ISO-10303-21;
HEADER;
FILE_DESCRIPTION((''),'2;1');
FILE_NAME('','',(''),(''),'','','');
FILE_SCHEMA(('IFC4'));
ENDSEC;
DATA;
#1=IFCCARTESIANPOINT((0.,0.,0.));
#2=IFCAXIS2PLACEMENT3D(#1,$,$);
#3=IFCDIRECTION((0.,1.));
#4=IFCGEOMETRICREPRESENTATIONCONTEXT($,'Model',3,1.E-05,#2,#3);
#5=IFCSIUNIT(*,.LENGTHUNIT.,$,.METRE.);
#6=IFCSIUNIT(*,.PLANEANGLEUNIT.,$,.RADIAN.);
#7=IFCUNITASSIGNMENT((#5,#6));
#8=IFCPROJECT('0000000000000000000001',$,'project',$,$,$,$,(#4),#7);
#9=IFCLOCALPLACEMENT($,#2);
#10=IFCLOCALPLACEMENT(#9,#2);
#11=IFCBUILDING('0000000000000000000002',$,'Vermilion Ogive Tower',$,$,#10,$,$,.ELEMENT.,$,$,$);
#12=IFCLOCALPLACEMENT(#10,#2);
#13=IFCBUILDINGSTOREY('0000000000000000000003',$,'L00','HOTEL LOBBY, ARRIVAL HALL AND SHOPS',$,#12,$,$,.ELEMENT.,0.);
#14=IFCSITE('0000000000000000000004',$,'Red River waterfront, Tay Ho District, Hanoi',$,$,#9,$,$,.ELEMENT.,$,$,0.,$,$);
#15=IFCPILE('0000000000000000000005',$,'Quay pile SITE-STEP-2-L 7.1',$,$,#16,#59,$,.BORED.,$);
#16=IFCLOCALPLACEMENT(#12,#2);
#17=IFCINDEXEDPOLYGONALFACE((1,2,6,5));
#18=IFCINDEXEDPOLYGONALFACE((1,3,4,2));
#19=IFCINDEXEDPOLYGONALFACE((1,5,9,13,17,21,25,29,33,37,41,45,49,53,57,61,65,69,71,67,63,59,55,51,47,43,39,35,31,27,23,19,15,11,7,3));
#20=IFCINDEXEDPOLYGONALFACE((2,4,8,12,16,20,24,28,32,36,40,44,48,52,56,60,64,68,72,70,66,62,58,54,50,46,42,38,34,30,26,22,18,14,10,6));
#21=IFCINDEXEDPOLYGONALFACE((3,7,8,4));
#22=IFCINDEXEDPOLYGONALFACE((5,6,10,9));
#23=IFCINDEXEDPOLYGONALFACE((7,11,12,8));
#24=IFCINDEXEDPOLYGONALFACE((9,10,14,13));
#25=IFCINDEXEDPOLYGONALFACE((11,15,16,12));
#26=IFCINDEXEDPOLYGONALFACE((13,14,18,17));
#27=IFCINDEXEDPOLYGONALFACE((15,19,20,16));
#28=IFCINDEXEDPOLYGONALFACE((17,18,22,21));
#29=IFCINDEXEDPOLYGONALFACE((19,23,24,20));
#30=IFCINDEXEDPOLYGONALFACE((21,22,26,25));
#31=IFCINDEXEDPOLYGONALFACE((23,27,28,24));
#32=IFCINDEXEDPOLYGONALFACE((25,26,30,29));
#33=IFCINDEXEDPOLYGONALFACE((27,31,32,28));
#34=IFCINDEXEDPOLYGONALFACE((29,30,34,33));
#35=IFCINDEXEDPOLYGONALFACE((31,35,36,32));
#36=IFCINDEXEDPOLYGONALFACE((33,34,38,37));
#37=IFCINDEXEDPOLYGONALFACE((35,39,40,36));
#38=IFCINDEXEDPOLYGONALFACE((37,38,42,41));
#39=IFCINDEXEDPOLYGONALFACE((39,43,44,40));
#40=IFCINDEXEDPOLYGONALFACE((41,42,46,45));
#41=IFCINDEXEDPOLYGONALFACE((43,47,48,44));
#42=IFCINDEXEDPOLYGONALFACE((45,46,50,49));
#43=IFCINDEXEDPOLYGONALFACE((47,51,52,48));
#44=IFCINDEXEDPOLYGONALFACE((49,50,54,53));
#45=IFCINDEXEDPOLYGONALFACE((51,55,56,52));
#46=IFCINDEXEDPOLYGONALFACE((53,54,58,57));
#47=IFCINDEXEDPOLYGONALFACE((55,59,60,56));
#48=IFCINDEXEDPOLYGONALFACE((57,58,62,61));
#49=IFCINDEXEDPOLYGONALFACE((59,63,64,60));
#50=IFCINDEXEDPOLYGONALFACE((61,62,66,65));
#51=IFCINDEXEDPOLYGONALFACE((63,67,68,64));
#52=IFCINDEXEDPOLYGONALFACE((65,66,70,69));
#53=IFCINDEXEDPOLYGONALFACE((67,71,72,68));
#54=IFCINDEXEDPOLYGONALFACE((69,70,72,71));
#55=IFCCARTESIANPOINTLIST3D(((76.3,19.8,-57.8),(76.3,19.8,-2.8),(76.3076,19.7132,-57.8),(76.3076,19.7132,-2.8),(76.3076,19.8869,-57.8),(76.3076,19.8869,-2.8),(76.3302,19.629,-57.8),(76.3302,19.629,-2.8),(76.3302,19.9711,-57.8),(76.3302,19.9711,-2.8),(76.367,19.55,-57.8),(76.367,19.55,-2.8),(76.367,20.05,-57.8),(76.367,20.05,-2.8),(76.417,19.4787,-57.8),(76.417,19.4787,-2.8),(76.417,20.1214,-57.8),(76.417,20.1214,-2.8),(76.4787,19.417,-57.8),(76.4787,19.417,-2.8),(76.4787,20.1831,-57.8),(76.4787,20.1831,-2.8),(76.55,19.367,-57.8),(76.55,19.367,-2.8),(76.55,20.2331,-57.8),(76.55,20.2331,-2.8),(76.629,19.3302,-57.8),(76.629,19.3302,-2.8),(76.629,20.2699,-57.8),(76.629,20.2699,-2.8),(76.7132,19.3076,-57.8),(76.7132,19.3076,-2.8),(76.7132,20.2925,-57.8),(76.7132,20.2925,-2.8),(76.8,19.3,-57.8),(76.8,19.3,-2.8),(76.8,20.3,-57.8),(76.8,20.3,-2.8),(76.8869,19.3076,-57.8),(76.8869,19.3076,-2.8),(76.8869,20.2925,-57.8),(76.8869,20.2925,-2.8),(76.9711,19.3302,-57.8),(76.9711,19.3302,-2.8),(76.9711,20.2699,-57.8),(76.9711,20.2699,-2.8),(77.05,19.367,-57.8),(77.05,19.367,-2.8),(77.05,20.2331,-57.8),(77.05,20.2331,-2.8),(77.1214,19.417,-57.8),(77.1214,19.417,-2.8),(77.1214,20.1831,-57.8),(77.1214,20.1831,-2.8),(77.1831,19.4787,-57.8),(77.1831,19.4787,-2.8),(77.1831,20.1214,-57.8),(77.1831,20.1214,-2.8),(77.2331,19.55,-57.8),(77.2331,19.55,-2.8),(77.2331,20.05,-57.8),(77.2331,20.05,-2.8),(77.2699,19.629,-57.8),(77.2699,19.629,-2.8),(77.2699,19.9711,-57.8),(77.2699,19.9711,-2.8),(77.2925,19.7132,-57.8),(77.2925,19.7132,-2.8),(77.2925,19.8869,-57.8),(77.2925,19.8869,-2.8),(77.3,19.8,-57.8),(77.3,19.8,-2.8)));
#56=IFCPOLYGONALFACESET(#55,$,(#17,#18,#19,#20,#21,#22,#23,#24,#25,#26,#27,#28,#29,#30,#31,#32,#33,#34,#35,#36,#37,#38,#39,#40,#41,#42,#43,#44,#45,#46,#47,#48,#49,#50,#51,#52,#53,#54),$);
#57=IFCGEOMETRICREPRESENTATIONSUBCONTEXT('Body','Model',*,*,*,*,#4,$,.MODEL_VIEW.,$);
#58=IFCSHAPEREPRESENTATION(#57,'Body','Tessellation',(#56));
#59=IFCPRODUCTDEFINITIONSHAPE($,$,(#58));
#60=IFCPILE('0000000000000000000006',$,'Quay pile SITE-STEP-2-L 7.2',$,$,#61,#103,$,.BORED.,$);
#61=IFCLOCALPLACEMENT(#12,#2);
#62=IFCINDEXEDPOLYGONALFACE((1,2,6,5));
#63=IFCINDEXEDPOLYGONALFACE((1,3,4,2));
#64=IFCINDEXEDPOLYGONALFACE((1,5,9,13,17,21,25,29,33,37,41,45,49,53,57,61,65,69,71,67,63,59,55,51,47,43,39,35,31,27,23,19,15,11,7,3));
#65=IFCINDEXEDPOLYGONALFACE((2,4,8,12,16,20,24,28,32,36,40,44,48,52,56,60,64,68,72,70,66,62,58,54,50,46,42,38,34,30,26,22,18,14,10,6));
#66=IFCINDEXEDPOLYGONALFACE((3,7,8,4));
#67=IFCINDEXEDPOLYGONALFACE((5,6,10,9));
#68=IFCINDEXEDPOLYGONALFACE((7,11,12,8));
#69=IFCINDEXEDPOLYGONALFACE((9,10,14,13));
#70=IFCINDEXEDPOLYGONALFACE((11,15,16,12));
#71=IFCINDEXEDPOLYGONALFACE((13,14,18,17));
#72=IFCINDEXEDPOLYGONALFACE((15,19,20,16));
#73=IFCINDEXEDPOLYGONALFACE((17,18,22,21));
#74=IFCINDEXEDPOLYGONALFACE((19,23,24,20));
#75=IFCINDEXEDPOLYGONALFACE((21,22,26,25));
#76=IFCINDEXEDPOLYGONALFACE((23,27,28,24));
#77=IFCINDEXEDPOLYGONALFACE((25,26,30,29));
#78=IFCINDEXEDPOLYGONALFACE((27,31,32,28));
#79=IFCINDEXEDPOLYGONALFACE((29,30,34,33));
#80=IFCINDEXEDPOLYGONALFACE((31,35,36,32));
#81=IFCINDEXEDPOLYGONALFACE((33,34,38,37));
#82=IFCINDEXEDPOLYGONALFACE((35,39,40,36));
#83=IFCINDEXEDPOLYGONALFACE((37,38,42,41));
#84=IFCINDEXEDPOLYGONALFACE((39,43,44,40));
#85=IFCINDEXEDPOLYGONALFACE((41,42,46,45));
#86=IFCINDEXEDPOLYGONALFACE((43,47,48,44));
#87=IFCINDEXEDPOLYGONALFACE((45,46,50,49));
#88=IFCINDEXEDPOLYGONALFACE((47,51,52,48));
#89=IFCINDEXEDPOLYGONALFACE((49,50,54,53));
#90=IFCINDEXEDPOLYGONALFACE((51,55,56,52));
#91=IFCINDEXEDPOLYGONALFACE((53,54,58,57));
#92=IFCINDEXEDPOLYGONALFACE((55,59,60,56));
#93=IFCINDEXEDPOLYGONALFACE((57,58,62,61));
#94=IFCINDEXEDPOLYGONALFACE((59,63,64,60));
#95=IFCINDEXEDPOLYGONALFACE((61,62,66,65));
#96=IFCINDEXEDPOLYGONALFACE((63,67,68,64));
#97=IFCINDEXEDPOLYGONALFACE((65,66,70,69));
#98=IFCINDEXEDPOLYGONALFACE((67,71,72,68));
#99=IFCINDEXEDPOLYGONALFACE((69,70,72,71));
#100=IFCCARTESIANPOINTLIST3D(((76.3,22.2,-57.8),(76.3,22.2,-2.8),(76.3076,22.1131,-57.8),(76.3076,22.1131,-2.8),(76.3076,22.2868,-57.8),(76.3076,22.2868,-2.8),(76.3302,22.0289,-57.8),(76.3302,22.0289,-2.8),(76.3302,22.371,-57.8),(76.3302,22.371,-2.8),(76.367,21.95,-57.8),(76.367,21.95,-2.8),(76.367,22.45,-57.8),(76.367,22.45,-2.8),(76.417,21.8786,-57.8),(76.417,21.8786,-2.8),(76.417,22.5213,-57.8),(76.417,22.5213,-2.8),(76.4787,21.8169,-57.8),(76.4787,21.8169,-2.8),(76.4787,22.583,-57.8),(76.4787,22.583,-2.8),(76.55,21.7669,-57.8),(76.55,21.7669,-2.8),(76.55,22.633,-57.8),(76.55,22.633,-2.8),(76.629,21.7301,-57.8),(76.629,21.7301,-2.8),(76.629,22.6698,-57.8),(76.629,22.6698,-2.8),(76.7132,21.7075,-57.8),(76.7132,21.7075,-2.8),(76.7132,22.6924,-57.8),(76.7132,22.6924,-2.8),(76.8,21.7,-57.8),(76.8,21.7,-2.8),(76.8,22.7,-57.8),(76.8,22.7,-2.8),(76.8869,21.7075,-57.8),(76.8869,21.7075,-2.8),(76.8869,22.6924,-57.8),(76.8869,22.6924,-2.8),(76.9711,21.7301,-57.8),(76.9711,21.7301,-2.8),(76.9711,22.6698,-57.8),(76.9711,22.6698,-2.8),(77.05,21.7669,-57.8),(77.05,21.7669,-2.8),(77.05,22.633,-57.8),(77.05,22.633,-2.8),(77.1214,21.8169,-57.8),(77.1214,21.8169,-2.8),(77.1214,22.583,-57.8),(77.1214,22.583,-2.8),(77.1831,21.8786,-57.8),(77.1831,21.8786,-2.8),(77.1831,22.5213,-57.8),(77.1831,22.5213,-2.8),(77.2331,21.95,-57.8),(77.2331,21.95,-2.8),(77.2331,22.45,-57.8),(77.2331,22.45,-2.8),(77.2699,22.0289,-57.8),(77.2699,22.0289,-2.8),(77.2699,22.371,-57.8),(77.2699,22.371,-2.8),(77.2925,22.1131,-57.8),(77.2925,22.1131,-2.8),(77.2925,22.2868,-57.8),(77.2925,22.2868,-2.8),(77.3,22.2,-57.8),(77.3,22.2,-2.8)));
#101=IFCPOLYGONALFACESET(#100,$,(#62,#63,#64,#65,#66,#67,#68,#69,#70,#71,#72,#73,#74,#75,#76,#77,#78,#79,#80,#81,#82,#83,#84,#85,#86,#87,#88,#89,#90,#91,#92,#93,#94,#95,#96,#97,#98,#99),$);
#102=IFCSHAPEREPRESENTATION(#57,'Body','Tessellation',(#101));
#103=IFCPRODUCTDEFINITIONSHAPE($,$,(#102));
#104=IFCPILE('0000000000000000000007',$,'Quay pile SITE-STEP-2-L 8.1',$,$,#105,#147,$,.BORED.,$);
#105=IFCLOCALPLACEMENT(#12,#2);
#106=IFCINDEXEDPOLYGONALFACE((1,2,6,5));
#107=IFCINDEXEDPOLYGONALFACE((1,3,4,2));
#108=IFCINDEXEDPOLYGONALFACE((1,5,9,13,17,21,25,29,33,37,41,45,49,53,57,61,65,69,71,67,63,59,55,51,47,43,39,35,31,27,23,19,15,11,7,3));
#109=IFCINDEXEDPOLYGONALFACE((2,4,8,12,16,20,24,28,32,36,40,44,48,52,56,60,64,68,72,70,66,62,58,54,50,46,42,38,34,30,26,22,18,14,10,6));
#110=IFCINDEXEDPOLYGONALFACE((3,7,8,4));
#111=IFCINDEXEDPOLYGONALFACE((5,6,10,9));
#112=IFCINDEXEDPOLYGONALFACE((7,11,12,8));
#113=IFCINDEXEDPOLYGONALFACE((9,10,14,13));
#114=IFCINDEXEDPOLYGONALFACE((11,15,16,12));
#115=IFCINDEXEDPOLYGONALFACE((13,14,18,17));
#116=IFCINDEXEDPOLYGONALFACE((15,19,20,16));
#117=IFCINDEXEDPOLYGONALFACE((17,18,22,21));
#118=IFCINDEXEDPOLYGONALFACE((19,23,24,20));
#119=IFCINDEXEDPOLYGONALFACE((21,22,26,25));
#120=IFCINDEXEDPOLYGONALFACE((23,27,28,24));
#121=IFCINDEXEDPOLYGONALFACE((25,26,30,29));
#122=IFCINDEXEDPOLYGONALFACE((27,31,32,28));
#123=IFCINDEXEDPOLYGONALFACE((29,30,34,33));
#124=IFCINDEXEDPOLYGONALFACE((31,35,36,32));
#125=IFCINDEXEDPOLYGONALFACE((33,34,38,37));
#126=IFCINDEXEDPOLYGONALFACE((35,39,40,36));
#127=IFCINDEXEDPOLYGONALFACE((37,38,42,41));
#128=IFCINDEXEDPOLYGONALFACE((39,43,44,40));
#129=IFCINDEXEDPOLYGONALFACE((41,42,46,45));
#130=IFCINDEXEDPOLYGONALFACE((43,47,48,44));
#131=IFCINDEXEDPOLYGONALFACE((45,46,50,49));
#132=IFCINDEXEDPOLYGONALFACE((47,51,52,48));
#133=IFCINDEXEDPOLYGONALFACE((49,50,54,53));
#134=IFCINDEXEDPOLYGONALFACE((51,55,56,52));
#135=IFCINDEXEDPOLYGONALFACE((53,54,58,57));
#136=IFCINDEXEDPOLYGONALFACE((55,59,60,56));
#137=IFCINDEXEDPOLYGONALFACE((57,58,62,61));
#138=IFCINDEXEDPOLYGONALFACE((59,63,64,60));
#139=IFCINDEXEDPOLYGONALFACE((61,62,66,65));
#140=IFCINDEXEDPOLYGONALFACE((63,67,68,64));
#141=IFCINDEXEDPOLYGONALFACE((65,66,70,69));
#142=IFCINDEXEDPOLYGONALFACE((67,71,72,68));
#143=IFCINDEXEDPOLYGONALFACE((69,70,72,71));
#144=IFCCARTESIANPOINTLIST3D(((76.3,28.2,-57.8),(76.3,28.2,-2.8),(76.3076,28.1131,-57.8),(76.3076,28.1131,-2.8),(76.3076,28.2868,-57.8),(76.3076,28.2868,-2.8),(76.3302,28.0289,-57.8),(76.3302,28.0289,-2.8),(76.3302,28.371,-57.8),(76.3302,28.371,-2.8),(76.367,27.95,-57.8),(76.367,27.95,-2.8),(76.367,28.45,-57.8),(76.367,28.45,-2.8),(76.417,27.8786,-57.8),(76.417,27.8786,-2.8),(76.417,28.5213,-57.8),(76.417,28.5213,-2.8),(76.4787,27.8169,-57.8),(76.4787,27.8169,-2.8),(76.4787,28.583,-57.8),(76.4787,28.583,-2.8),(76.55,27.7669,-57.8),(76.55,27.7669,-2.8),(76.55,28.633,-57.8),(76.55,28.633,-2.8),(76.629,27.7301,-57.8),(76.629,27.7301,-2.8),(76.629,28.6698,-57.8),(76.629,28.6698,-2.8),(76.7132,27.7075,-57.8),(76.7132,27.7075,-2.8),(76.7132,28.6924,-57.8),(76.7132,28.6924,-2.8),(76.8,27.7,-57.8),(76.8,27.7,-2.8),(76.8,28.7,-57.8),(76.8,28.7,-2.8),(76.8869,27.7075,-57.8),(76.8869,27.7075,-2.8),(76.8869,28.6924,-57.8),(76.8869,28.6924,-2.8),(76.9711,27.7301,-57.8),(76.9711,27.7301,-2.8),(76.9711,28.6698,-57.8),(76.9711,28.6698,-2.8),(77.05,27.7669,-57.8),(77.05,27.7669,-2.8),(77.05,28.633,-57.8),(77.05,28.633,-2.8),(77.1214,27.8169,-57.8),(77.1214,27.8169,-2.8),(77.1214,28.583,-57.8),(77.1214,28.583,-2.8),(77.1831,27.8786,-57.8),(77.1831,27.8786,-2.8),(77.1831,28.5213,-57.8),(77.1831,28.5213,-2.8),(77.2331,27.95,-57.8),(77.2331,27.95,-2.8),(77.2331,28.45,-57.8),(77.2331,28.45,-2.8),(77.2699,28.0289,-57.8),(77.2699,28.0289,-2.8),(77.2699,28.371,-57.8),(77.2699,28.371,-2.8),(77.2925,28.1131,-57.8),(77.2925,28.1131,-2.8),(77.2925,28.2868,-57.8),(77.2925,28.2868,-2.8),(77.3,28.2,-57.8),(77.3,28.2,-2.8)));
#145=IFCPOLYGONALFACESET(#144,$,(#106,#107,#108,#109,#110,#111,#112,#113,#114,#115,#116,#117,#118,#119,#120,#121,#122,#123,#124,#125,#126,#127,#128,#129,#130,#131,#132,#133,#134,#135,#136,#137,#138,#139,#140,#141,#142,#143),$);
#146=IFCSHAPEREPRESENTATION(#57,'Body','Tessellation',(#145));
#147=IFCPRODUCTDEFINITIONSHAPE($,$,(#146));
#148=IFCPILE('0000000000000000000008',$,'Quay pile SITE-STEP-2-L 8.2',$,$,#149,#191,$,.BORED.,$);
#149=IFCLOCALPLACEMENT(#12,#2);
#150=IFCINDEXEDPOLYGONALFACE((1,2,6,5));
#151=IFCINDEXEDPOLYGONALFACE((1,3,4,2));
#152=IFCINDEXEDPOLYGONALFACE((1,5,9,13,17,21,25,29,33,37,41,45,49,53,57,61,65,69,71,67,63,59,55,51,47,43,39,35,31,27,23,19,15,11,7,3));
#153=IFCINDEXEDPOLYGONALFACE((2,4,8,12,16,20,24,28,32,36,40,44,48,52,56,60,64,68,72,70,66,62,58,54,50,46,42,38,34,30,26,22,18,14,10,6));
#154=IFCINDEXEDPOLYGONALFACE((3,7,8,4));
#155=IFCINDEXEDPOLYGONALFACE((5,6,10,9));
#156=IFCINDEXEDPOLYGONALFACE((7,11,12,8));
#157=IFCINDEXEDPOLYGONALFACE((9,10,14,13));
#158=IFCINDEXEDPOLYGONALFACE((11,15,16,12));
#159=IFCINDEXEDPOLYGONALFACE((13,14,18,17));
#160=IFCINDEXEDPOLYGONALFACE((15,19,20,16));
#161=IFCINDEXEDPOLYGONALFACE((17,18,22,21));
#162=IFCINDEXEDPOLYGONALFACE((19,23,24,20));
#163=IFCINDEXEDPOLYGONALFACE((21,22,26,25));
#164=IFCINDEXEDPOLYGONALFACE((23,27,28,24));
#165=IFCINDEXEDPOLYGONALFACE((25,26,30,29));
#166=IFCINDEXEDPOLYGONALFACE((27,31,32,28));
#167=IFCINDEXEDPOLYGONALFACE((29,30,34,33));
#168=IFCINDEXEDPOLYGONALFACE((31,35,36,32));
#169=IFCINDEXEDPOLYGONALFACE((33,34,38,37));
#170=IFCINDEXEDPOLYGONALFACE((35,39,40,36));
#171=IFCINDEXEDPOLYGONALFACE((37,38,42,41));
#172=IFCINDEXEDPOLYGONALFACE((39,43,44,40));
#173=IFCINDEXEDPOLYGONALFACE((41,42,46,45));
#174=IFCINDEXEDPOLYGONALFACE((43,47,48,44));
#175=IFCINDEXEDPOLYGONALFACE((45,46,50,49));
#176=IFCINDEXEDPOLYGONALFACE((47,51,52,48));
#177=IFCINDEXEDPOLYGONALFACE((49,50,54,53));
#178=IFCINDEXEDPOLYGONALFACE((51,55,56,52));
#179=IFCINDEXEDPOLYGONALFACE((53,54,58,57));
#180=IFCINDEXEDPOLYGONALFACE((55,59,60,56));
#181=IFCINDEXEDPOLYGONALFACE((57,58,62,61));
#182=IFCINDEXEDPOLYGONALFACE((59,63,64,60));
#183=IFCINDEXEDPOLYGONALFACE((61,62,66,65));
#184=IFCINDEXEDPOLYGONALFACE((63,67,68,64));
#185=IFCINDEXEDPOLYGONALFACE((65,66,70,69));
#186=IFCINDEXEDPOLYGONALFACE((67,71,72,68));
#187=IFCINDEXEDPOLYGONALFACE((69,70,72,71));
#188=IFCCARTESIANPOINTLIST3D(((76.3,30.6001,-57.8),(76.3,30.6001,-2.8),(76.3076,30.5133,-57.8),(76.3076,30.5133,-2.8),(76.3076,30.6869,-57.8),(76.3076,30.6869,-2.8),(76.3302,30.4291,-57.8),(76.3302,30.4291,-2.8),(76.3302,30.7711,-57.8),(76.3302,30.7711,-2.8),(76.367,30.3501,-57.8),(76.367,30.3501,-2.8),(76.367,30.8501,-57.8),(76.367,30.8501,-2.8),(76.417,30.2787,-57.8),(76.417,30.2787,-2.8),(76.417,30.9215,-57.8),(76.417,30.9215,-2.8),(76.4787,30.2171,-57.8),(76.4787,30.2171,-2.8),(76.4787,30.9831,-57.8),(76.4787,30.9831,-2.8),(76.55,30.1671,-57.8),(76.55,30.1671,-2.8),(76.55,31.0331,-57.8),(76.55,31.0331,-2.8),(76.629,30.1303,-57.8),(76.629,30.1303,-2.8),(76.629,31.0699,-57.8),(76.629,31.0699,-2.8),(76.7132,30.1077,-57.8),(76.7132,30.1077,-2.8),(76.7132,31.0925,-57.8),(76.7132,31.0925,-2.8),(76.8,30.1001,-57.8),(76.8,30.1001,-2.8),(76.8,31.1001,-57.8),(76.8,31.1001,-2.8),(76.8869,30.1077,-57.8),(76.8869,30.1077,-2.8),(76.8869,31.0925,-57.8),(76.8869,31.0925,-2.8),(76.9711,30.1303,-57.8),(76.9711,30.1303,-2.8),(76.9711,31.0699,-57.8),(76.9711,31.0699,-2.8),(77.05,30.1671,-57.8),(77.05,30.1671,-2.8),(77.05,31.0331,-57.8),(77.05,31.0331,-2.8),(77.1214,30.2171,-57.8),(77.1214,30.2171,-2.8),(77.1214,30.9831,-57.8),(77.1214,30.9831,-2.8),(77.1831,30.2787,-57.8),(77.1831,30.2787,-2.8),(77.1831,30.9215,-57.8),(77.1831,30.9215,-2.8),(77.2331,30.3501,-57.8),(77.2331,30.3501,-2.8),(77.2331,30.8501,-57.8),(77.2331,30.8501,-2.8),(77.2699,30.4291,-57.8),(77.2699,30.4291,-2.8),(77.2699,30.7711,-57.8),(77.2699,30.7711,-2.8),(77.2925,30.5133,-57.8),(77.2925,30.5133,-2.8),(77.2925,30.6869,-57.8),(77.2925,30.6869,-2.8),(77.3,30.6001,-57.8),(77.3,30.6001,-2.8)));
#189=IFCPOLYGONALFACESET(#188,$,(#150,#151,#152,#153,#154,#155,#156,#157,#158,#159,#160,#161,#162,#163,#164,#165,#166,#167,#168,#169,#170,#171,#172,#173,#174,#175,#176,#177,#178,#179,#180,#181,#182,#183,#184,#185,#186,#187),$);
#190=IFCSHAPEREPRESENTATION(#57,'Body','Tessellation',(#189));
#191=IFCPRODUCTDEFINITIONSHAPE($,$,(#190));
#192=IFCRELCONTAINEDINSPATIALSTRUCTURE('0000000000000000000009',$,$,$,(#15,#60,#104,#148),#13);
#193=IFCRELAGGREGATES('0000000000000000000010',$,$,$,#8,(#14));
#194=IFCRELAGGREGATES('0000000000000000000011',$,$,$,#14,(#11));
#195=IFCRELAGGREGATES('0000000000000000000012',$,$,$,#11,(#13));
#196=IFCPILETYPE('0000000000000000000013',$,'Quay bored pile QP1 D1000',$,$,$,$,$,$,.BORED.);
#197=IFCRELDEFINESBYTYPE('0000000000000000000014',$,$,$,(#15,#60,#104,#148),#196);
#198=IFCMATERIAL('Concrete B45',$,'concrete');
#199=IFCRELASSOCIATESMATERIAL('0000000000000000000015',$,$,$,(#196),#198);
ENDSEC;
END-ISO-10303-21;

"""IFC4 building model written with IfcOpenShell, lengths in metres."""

from ifc_helpers import new_model, si_unit, direction, frame, origin, origin_2d, place, context, subcontext, project, spatial, circle, extrude, material, type_object, element, save


model = new_model("IFC4")

# Units and contexts
model_context = context("Model", 3, precision=1e-05, world=origin(), true_north=direction((0.0, 1.0)))
body_context = subcontext(model_context, "Body", "Model", "MODEL_VIEW")
ifc_project = project(units=[si_unit("LENGTHUNIT", "METRE"), si_unit("PLANEANGLEUNIT", "RADIAN")], contexts=[model_context])

# Site, building, storey
site_placement = place(None, origin())
site = spatial("IfcSite", under=ifc_project, at=site_placement, Name="Red River waterfront, Tay Ho District, Hanoi", CompositionType="ELEMENT", RefElevation=0.0)
building_placement = place(site_placement, origin())
building = spatial("IfcBuilding", under=site, at=building_placement, Name="Vermilion Ogive Tower", CompositionType="ELEMENT")
storey_placement = place(building_placement, origin())
storey = spatial("IfcBuildingStorey", under=building, at=storey_placement, Name="L00", Description="HOTEL LOBBY, ARRIVAL HALL AND SHOPS", CompositionType="ELEMENT", Elevation=0.0)

# Piles
ifc_material_1 = material(Name="Concrete B45", Category="concrete")
pile_type = type_object("IfcPileType", Name="Quay bored pile QP1 D1000", PredefinedType="BORED", material=ifc_material_1)
for number, where, z_axis, x_axis, name in (
    (1, (76.8, 19.8, -2.8), (0.0, 0.0, -1.0), (1.0, 0.0, 0.0), "Quay pile SITE-STEP-2-L 7.1"),
    (2, (76.8, 22.2, -2.8), (0.0, 0.0, -1.0), (1.0, 0.0, 0.0), "Quay pile SITE-STEP-2-L 7.2"),
    (3, (76.8, 28.2, -2.8), (0.0, 0.0, -1.0), (1.0, 0.0, 0.0), "Quay pile SITE-STEP-2-L 8.1"),
    (4, (76.8, 30.6001, -2.8), (0.0, 0.0, -1.0), (1.0, 0.0, 0.0), "Quay pile SITE-STEP-2-L 8.2"),
):
    element("IfcPile", number, at=place(storey_placement, frame(where, z_axis=z_axis, x_axis=x_axis)), inside=storey, type_object=pile_type, Name=name, PredefinedType="BORED", context=body_context, shape_type="SweptSolid", body=[
        extrude(circle(Radius=0.5, at=origin_2d()), origin(), (0.0, 0.0, 1.0), 55.0),
    ])

save(model, "model.ifc")
